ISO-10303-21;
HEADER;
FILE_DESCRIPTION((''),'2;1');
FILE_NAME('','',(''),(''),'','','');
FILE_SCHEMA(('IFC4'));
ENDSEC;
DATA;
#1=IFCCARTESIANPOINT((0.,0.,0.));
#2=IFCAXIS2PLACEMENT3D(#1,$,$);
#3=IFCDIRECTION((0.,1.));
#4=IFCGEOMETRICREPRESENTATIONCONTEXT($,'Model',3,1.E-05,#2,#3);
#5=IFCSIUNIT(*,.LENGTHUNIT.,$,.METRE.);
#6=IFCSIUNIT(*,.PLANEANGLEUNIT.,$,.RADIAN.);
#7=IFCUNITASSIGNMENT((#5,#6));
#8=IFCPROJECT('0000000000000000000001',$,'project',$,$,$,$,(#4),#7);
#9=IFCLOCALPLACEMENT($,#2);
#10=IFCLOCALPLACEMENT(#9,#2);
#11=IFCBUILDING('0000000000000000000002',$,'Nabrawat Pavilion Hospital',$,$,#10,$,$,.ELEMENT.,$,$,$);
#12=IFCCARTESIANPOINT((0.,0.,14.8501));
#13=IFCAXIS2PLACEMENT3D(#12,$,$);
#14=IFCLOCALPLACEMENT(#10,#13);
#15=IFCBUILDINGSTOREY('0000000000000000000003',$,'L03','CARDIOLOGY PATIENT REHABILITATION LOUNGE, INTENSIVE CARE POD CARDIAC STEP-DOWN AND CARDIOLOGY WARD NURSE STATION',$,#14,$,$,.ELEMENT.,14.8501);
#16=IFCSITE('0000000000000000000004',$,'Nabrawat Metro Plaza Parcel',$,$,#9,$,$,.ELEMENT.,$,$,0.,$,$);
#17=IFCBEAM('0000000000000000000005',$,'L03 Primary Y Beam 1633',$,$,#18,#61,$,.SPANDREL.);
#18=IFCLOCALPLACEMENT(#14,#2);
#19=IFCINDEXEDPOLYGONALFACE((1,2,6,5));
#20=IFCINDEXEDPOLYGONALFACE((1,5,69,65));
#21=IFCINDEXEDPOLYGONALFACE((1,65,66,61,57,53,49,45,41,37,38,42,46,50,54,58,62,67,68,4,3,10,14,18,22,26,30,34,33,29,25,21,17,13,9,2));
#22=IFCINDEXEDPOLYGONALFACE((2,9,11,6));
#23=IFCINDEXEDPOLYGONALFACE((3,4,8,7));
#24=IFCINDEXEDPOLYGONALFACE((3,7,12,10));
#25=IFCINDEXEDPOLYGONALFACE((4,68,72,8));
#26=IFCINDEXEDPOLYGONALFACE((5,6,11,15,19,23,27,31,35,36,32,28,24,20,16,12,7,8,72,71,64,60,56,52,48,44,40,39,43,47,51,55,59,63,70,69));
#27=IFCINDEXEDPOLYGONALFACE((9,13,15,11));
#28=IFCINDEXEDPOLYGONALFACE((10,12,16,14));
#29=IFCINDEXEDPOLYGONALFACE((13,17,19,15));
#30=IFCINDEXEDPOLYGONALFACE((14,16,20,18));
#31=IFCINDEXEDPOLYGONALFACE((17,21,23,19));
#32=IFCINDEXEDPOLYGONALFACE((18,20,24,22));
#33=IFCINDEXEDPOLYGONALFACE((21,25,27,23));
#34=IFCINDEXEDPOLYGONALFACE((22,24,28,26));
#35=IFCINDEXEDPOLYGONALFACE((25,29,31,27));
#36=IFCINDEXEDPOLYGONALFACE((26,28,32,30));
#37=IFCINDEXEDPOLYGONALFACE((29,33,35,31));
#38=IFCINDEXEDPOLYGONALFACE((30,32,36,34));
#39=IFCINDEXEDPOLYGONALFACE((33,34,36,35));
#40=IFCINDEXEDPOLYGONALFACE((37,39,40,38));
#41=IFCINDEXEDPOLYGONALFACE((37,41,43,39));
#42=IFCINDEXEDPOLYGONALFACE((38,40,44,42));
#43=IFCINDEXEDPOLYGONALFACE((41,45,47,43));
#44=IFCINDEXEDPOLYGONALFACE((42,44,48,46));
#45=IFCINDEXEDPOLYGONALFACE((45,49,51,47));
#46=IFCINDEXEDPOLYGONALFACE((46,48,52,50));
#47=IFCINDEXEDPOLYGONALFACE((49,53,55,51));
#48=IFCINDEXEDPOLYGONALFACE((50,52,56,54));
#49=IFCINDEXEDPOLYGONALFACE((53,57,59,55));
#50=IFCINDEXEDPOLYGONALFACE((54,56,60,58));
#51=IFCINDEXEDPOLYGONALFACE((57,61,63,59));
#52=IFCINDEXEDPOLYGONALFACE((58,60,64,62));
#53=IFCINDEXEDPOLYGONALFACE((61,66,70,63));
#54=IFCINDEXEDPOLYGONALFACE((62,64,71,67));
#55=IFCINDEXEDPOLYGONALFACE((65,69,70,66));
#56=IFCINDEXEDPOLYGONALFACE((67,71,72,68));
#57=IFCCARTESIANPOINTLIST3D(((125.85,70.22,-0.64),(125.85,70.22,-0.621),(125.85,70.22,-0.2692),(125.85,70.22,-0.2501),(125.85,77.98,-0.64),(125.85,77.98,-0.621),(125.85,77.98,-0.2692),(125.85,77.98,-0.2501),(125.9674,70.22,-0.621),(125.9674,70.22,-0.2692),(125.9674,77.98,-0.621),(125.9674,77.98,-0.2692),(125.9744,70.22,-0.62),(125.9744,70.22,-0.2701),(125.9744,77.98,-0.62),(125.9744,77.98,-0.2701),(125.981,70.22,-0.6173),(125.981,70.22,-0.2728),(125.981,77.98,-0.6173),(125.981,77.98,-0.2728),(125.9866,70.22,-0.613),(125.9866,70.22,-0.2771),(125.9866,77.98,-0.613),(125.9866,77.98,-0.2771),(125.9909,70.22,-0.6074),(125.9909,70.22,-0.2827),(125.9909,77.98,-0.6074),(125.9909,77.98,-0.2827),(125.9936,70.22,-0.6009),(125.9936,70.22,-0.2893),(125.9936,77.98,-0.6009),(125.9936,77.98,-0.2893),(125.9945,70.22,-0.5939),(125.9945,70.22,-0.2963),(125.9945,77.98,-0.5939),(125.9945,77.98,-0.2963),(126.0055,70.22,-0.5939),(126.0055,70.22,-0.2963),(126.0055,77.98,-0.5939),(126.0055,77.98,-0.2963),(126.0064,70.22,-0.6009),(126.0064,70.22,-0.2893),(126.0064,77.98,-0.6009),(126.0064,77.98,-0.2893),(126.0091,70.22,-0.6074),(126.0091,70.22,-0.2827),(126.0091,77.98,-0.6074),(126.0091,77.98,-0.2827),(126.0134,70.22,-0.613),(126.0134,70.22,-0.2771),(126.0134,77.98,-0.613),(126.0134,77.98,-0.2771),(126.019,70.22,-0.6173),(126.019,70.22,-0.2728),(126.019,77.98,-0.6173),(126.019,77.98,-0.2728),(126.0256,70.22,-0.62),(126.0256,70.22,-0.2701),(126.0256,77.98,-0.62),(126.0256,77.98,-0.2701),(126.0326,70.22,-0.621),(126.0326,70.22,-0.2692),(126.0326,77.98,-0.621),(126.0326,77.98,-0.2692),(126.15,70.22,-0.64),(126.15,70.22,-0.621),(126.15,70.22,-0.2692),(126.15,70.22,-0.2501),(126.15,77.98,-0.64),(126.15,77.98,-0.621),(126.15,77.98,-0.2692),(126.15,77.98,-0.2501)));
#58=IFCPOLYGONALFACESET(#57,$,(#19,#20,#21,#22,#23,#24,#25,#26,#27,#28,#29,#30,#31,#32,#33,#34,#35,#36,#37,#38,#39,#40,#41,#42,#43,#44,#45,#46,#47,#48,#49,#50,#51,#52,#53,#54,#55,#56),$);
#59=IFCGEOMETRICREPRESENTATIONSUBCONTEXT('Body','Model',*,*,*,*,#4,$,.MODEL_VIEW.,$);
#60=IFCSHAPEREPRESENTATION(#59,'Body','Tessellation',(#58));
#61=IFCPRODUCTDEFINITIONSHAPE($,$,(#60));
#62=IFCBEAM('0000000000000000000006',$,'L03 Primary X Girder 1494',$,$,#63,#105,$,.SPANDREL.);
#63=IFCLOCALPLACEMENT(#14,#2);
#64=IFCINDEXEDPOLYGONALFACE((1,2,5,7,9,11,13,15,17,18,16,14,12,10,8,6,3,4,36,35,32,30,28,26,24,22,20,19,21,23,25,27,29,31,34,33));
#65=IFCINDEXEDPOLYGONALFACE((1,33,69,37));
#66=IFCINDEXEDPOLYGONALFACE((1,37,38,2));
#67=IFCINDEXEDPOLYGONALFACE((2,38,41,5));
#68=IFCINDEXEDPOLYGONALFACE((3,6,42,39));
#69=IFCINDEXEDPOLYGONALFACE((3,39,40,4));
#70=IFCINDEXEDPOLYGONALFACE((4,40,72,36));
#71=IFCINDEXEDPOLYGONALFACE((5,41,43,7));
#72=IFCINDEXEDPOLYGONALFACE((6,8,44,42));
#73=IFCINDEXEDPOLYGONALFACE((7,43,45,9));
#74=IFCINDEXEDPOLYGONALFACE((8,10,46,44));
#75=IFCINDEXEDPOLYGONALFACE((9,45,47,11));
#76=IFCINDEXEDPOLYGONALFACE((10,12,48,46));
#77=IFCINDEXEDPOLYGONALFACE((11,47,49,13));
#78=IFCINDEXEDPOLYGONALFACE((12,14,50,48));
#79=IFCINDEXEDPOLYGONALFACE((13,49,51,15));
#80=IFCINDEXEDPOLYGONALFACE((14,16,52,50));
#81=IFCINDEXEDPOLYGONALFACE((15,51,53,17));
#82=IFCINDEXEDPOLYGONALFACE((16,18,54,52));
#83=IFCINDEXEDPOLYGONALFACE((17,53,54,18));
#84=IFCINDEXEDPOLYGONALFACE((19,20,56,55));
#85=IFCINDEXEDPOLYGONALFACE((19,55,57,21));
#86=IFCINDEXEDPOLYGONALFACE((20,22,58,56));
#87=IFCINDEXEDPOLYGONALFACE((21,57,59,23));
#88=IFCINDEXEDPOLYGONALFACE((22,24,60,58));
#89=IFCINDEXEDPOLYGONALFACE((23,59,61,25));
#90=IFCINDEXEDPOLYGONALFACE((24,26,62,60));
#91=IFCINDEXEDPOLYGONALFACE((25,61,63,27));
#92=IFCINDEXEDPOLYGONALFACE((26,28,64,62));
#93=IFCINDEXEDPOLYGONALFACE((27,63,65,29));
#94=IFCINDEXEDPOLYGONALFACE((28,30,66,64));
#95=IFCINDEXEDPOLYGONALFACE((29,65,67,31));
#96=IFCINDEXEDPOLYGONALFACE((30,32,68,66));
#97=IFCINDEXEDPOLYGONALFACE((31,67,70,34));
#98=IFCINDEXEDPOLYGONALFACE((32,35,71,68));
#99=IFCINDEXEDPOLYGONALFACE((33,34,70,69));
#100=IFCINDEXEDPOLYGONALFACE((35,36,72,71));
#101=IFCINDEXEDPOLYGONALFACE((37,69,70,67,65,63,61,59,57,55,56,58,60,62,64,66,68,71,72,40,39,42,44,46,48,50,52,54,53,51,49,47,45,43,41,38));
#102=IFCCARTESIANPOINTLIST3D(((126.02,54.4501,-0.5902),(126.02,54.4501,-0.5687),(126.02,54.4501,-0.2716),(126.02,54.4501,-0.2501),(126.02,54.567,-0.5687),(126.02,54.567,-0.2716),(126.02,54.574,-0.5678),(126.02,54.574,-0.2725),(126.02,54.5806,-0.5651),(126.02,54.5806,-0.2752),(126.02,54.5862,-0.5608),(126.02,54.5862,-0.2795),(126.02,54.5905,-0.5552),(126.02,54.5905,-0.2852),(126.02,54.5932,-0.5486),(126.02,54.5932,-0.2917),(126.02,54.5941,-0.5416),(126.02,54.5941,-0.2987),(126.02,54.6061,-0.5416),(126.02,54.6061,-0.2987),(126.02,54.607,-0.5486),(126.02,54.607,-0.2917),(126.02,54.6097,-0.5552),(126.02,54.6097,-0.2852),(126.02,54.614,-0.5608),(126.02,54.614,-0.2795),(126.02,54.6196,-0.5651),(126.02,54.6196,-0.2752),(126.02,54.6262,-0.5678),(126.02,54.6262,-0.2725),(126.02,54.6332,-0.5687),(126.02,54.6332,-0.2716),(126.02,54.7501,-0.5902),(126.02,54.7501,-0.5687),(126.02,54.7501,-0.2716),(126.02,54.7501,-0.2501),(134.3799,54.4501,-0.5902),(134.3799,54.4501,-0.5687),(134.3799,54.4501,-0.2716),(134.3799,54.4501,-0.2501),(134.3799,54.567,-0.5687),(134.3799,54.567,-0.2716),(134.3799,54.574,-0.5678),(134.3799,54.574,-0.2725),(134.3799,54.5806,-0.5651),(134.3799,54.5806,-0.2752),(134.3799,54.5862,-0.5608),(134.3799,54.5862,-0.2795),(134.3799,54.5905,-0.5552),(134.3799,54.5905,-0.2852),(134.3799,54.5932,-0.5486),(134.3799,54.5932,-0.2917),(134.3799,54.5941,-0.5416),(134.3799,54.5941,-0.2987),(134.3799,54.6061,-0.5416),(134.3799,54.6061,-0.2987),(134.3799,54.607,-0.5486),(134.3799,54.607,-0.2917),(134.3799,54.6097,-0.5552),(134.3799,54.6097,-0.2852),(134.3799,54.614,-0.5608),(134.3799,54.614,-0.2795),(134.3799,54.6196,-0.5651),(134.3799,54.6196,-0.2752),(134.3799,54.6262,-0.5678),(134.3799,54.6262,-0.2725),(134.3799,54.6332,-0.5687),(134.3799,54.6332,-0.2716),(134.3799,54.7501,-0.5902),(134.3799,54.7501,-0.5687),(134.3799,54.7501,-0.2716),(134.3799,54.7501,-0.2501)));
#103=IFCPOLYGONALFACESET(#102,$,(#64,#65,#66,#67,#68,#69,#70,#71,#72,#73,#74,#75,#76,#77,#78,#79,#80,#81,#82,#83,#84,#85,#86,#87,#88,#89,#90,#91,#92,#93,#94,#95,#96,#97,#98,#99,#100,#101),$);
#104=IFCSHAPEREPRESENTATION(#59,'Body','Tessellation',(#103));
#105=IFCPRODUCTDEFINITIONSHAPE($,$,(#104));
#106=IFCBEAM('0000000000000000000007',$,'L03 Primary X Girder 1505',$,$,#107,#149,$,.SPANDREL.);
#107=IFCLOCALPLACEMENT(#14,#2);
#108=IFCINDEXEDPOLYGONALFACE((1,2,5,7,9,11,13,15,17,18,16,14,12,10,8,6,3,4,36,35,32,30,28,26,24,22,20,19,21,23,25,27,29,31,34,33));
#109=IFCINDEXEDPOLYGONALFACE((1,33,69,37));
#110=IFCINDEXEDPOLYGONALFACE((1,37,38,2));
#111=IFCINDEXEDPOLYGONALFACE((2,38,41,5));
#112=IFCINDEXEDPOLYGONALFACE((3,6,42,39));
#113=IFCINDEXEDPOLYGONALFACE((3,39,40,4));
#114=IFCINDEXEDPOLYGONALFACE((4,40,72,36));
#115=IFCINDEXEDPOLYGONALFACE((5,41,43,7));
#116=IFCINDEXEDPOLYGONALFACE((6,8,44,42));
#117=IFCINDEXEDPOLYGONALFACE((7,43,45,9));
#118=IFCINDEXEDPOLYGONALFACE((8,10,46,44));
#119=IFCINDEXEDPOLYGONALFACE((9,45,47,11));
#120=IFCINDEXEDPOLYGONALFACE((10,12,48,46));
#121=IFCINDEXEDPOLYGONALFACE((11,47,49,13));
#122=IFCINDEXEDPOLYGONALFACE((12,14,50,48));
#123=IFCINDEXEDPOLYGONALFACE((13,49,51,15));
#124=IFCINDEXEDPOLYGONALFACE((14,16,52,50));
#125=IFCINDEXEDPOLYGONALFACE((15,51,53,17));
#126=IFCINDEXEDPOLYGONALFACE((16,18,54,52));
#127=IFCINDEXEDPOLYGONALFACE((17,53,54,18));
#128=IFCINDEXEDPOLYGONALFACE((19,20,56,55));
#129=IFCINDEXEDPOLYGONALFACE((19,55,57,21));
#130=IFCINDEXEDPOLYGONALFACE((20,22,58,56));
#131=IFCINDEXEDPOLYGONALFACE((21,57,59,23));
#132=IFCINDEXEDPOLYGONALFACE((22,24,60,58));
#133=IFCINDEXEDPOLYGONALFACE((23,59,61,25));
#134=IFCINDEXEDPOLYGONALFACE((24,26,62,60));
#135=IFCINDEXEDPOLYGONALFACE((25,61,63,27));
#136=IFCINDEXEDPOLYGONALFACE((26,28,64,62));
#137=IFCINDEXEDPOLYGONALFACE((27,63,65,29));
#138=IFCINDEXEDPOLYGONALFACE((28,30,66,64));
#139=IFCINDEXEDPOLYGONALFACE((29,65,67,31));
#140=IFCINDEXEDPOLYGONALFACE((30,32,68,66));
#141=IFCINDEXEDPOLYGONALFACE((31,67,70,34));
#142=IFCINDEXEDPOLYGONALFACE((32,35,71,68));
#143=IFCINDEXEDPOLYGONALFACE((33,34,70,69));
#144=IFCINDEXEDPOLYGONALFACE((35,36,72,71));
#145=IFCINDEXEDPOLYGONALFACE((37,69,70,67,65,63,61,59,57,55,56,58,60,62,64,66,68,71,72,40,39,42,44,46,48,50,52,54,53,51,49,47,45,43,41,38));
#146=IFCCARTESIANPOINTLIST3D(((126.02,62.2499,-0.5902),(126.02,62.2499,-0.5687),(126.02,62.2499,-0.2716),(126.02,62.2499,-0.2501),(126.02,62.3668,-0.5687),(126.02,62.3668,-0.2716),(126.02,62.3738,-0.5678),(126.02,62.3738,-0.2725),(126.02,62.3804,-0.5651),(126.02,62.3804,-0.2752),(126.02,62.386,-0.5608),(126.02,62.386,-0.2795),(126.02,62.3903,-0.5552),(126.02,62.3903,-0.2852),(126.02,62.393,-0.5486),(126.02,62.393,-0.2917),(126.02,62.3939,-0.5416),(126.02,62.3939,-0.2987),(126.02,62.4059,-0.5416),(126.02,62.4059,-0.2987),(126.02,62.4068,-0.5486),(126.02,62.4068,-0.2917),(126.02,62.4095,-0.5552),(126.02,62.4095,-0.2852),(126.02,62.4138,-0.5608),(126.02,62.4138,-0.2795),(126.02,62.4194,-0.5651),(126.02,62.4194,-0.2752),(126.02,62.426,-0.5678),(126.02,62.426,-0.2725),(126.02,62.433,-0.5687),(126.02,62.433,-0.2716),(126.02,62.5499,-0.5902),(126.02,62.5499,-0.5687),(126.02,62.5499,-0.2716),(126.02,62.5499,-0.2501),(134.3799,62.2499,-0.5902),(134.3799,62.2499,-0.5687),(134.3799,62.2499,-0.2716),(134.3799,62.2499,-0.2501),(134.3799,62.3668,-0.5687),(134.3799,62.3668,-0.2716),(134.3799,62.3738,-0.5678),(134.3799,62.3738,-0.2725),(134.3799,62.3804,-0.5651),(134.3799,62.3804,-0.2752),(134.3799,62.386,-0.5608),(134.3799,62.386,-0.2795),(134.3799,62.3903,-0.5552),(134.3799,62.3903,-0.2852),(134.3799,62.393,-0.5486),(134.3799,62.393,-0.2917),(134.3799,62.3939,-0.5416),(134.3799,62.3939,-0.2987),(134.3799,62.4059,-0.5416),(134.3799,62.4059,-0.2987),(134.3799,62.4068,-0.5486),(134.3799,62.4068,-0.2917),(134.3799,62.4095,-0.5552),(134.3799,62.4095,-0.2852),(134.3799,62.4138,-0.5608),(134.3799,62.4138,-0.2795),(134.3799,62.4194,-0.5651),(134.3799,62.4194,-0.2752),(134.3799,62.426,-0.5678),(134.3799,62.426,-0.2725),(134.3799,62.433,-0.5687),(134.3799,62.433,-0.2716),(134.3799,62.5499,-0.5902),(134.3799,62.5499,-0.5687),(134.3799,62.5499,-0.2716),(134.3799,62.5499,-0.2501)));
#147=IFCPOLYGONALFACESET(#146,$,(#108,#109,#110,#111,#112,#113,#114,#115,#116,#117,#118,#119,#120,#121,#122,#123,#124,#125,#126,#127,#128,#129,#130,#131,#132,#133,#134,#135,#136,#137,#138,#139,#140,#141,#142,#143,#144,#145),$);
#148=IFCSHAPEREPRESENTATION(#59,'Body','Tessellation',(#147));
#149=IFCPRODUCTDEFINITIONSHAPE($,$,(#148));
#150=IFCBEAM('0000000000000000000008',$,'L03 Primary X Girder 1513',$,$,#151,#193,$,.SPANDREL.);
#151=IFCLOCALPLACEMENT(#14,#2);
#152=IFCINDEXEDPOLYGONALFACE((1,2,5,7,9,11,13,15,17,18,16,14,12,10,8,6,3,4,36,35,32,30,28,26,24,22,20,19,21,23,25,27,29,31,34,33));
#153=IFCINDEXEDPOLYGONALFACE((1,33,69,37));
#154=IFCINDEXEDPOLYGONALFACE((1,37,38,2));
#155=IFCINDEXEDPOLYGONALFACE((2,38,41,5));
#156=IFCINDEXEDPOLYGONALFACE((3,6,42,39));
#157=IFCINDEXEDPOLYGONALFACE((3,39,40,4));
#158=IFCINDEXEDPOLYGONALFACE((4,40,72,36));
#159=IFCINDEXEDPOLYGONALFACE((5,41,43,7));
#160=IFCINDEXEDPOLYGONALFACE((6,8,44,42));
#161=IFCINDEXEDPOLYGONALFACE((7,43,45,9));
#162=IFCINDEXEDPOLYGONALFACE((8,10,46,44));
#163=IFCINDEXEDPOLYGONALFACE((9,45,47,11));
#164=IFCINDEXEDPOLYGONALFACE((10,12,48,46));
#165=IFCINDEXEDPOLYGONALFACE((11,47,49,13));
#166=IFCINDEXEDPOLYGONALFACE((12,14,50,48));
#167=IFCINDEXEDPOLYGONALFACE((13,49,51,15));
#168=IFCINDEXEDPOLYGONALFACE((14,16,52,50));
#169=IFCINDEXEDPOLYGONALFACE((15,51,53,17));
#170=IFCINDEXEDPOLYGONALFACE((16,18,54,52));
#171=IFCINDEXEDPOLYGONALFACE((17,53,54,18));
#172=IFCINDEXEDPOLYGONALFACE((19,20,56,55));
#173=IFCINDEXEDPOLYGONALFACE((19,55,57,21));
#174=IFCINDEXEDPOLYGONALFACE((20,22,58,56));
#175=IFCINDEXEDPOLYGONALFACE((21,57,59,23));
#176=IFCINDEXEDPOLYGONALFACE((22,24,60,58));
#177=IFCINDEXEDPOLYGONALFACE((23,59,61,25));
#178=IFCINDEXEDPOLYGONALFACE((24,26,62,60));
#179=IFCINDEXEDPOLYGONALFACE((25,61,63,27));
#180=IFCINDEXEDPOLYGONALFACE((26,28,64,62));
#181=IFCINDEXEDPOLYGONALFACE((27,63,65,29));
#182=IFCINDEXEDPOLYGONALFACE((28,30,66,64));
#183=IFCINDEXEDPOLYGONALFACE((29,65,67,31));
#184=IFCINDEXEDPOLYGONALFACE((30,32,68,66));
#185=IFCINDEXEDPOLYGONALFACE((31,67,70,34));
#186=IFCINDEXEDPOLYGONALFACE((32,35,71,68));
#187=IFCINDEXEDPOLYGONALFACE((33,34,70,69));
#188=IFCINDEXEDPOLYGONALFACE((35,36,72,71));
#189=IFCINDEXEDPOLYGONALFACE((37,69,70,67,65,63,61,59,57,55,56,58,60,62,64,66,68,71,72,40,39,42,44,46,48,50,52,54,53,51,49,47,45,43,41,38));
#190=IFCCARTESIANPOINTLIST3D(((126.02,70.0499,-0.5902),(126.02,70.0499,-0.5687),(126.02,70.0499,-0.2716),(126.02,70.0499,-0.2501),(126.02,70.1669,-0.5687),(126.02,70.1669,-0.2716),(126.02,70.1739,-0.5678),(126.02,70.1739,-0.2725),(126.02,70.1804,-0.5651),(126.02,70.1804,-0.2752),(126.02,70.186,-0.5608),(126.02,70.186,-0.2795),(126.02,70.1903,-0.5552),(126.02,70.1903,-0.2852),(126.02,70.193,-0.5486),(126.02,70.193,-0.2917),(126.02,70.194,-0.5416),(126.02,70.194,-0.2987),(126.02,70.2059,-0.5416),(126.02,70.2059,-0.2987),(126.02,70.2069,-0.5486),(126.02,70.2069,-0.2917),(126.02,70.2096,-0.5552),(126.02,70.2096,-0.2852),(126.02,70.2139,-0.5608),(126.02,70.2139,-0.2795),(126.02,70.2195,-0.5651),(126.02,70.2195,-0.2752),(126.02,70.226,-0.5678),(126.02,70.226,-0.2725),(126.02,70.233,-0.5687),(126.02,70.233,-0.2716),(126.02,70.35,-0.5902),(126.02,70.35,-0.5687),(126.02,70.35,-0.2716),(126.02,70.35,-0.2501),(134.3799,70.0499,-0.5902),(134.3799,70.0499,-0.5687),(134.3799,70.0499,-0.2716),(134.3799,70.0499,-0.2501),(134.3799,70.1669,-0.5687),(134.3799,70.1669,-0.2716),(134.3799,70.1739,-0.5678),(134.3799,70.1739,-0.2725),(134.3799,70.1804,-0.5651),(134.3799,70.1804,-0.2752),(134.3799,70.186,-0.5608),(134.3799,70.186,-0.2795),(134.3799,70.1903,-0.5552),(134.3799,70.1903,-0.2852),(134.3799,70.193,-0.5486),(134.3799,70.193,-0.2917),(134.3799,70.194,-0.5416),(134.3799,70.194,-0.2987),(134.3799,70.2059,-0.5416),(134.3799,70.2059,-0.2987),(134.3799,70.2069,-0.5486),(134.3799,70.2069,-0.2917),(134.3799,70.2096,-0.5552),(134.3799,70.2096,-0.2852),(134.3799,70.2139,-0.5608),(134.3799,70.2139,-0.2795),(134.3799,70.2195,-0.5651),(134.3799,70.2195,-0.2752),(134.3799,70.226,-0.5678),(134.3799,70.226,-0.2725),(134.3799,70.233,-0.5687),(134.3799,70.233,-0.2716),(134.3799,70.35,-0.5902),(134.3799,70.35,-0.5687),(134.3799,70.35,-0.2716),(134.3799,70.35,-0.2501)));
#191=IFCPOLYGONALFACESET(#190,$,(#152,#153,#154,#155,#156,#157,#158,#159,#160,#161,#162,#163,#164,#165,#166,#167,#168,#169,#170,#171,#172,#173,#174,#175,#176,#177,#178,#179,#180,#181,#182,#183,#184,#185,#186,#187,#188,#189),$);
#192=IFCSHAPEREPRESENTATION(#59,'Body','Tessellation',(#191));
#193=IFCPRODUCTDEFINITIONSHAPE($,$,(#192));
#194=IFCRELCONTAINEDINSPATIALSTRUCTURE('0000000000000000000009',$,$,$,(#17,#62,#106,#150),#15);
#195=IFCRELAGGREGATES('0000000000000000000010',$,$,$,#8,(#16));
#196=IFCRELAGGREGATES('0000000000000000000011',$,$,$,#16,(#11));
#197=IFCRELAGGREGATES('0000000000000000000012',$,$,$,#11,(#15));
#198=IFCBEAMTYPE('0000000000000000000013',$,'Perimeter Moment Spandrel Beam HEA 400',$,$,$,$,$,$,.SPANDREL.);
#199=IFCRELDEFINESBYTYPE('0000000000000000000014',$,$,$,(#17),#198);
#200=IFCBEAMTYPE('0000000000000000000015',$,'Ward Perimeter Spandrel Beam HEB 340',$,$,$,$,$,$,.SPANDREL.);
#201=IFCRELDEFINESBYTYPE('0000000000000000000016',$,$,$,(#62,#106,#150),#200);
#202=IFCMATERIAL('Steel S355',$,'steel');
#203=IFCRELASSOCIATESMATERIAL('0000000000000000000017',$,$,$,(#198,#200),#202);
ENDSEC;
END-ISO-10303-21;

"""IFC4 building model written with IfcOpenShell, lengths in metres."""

from ifc_helpers import new_model, si_unit, direction, frame, origin, origin_2d, place, context, subcontext, project, spatial, i_section, extrude, material, material_profile, profile_set, type_object, element, save


model = new_model("IFC4")

# Units and contexts
model_context = context("Model", 3, precision=1e-05, world=origin(), true_north=direction((0.0, 1.0)))
body_context = subcontext(model_context, "Body", "Model", "MODEL_VIEW")
ifc_project = project(units=[si_unit("LENGTHUNIT", "METRE"), si_unit("PLANEANGLEUNIT", "RADIAN")], contexts=[model_context])

# Site, building, storey
site_placement = place(None, origin())
site = spatial("IfcSite", under=ifc_project, at=site_placement, Name="Nabrawat Metro Plaza Parcel", CompositionType="ELEMENT", RefElevation=0.0)
building_placement = place(site_placement, origin())
building = spatial("IfcBuilding", under=site, at=building_placement, Name="Nabrawat Pavilion Hospital", CompositionType="ELEMENT")
storey_placement = place(building_placement, frame((0.0, 0.0, 14.8501)))
storey = spatial("IfcBuildingStorey", under=building, at=storey_placement, Name="L03", Description="CARDIOLOGY PATIENT REHABILITATION LOUNGE, INTENSIVE CARE POD CARDIAC STEP-DOWN AND CARDIOLOGY WARD NURSE STATION", CompositionType="ELEMENT", Elevation=14.8501)

# Shared definitions
ifc_material = material(Name="Steel S355", Category="steel")

# Beams
ifc_material_profile_1 = material_profile(ifc_material, i_section(OverallWidth=0.3, OverallDepth=0.3899, WebThickness=0.011, FlangeThickness=0.019, FilletRadius=0.0271, at=origin_2d()), Name="HEA 400")
ifc_profile_set_1 = profile_set([ifc_material_profile_1], Name="Steel S355")
beam_type_1 = type_object("IfcBeamType", Name="Perimeter Moment Spandrel Beam HEA 400", PredefinedType="SPANDREL", material=ifc_profile_set_1)
for number, where, z_axis, x_axis, name in (
    (1, (126.0, 70.22, -0.4451), (0.0, 1.0, 0.0), (-1.0, 0.0, 0.0), "L03 Primary Y Beam 1633"),
):
    element("IfcBeam", number, at=place(storey_placement, frame(where, z_axis=z_axis, x_axis=x_axis)), inside=storey, type_object=beam_type_1, Name=name, PredefinedType="SPANDREL", context=body_context, shape_type="SweptSolid", body=[
        extrude(i_section(OverallWidth=0.3, OverallDepth=0.3899, WebThickness=0.011, FlangeThickness=0.019, FilletRadius=0.0271, at=origin_2d()), origin(), (0.0, 0.0, 1.0), 7.76),
    ])
ifc_material_profile_2 = material_profile(ifc_material, i_section(OverallWidth=0.3, OverallDepth=0.3401, WebThickness=0.012, FlangeThickness=0.0215, FilletRadius=0.0271, at=origin_2d()), Name="HEB 340")
ifc_profile_set_2 = profile_set([ifc_material_profile_2], Name="Steel S355")
beam_type_2 = type_object("IfcBeamType", Name="Ward Perimeter Spandrel Beam HEB 340", PredefinedType="SPANDREL", material=ifc_profile_set_2)
for number, where, z_axis, x_axis, name in (
    (2, (126.02, 54.6001, -0.4202), (1.0, 0.0, 0.0), (0.0, 1.0, 0.0), "L03 Primary X Girder 1494"),
    (3, (126.02, 62.3999, -0.4202), (1.0, 0.0, 0.0), (0.0, 1.0, 0.0), "L03 Primary X Girder 1505"),
    (4, (126.02, 70.2, -0.4202), (1.0, 0.0, 0.0), (0.0, 1.0, 0.0), "L03 Primary X Girder 1513"),
):
    element("IfcBeam", number, at=place(storey_placement, frame(where, z_axis=z_axis, x_axis=x_axis)), inside=storey, type_object=beam_type_2, Name=name, PredefinedType="SPANDREL", context=body_context, shape_type="SweptSolid", body=[
        extrude(i_section(OverallWidth=0.3, OverallDepth=0.3401, WebThickness=0.012, FlangeThickness=0.0215, FilletRadius=0.0271, at=origin_2d()), origin(), (0.0, 0.0, 1.0), 8.3599),
    ])

save(model, "model.ifc")
